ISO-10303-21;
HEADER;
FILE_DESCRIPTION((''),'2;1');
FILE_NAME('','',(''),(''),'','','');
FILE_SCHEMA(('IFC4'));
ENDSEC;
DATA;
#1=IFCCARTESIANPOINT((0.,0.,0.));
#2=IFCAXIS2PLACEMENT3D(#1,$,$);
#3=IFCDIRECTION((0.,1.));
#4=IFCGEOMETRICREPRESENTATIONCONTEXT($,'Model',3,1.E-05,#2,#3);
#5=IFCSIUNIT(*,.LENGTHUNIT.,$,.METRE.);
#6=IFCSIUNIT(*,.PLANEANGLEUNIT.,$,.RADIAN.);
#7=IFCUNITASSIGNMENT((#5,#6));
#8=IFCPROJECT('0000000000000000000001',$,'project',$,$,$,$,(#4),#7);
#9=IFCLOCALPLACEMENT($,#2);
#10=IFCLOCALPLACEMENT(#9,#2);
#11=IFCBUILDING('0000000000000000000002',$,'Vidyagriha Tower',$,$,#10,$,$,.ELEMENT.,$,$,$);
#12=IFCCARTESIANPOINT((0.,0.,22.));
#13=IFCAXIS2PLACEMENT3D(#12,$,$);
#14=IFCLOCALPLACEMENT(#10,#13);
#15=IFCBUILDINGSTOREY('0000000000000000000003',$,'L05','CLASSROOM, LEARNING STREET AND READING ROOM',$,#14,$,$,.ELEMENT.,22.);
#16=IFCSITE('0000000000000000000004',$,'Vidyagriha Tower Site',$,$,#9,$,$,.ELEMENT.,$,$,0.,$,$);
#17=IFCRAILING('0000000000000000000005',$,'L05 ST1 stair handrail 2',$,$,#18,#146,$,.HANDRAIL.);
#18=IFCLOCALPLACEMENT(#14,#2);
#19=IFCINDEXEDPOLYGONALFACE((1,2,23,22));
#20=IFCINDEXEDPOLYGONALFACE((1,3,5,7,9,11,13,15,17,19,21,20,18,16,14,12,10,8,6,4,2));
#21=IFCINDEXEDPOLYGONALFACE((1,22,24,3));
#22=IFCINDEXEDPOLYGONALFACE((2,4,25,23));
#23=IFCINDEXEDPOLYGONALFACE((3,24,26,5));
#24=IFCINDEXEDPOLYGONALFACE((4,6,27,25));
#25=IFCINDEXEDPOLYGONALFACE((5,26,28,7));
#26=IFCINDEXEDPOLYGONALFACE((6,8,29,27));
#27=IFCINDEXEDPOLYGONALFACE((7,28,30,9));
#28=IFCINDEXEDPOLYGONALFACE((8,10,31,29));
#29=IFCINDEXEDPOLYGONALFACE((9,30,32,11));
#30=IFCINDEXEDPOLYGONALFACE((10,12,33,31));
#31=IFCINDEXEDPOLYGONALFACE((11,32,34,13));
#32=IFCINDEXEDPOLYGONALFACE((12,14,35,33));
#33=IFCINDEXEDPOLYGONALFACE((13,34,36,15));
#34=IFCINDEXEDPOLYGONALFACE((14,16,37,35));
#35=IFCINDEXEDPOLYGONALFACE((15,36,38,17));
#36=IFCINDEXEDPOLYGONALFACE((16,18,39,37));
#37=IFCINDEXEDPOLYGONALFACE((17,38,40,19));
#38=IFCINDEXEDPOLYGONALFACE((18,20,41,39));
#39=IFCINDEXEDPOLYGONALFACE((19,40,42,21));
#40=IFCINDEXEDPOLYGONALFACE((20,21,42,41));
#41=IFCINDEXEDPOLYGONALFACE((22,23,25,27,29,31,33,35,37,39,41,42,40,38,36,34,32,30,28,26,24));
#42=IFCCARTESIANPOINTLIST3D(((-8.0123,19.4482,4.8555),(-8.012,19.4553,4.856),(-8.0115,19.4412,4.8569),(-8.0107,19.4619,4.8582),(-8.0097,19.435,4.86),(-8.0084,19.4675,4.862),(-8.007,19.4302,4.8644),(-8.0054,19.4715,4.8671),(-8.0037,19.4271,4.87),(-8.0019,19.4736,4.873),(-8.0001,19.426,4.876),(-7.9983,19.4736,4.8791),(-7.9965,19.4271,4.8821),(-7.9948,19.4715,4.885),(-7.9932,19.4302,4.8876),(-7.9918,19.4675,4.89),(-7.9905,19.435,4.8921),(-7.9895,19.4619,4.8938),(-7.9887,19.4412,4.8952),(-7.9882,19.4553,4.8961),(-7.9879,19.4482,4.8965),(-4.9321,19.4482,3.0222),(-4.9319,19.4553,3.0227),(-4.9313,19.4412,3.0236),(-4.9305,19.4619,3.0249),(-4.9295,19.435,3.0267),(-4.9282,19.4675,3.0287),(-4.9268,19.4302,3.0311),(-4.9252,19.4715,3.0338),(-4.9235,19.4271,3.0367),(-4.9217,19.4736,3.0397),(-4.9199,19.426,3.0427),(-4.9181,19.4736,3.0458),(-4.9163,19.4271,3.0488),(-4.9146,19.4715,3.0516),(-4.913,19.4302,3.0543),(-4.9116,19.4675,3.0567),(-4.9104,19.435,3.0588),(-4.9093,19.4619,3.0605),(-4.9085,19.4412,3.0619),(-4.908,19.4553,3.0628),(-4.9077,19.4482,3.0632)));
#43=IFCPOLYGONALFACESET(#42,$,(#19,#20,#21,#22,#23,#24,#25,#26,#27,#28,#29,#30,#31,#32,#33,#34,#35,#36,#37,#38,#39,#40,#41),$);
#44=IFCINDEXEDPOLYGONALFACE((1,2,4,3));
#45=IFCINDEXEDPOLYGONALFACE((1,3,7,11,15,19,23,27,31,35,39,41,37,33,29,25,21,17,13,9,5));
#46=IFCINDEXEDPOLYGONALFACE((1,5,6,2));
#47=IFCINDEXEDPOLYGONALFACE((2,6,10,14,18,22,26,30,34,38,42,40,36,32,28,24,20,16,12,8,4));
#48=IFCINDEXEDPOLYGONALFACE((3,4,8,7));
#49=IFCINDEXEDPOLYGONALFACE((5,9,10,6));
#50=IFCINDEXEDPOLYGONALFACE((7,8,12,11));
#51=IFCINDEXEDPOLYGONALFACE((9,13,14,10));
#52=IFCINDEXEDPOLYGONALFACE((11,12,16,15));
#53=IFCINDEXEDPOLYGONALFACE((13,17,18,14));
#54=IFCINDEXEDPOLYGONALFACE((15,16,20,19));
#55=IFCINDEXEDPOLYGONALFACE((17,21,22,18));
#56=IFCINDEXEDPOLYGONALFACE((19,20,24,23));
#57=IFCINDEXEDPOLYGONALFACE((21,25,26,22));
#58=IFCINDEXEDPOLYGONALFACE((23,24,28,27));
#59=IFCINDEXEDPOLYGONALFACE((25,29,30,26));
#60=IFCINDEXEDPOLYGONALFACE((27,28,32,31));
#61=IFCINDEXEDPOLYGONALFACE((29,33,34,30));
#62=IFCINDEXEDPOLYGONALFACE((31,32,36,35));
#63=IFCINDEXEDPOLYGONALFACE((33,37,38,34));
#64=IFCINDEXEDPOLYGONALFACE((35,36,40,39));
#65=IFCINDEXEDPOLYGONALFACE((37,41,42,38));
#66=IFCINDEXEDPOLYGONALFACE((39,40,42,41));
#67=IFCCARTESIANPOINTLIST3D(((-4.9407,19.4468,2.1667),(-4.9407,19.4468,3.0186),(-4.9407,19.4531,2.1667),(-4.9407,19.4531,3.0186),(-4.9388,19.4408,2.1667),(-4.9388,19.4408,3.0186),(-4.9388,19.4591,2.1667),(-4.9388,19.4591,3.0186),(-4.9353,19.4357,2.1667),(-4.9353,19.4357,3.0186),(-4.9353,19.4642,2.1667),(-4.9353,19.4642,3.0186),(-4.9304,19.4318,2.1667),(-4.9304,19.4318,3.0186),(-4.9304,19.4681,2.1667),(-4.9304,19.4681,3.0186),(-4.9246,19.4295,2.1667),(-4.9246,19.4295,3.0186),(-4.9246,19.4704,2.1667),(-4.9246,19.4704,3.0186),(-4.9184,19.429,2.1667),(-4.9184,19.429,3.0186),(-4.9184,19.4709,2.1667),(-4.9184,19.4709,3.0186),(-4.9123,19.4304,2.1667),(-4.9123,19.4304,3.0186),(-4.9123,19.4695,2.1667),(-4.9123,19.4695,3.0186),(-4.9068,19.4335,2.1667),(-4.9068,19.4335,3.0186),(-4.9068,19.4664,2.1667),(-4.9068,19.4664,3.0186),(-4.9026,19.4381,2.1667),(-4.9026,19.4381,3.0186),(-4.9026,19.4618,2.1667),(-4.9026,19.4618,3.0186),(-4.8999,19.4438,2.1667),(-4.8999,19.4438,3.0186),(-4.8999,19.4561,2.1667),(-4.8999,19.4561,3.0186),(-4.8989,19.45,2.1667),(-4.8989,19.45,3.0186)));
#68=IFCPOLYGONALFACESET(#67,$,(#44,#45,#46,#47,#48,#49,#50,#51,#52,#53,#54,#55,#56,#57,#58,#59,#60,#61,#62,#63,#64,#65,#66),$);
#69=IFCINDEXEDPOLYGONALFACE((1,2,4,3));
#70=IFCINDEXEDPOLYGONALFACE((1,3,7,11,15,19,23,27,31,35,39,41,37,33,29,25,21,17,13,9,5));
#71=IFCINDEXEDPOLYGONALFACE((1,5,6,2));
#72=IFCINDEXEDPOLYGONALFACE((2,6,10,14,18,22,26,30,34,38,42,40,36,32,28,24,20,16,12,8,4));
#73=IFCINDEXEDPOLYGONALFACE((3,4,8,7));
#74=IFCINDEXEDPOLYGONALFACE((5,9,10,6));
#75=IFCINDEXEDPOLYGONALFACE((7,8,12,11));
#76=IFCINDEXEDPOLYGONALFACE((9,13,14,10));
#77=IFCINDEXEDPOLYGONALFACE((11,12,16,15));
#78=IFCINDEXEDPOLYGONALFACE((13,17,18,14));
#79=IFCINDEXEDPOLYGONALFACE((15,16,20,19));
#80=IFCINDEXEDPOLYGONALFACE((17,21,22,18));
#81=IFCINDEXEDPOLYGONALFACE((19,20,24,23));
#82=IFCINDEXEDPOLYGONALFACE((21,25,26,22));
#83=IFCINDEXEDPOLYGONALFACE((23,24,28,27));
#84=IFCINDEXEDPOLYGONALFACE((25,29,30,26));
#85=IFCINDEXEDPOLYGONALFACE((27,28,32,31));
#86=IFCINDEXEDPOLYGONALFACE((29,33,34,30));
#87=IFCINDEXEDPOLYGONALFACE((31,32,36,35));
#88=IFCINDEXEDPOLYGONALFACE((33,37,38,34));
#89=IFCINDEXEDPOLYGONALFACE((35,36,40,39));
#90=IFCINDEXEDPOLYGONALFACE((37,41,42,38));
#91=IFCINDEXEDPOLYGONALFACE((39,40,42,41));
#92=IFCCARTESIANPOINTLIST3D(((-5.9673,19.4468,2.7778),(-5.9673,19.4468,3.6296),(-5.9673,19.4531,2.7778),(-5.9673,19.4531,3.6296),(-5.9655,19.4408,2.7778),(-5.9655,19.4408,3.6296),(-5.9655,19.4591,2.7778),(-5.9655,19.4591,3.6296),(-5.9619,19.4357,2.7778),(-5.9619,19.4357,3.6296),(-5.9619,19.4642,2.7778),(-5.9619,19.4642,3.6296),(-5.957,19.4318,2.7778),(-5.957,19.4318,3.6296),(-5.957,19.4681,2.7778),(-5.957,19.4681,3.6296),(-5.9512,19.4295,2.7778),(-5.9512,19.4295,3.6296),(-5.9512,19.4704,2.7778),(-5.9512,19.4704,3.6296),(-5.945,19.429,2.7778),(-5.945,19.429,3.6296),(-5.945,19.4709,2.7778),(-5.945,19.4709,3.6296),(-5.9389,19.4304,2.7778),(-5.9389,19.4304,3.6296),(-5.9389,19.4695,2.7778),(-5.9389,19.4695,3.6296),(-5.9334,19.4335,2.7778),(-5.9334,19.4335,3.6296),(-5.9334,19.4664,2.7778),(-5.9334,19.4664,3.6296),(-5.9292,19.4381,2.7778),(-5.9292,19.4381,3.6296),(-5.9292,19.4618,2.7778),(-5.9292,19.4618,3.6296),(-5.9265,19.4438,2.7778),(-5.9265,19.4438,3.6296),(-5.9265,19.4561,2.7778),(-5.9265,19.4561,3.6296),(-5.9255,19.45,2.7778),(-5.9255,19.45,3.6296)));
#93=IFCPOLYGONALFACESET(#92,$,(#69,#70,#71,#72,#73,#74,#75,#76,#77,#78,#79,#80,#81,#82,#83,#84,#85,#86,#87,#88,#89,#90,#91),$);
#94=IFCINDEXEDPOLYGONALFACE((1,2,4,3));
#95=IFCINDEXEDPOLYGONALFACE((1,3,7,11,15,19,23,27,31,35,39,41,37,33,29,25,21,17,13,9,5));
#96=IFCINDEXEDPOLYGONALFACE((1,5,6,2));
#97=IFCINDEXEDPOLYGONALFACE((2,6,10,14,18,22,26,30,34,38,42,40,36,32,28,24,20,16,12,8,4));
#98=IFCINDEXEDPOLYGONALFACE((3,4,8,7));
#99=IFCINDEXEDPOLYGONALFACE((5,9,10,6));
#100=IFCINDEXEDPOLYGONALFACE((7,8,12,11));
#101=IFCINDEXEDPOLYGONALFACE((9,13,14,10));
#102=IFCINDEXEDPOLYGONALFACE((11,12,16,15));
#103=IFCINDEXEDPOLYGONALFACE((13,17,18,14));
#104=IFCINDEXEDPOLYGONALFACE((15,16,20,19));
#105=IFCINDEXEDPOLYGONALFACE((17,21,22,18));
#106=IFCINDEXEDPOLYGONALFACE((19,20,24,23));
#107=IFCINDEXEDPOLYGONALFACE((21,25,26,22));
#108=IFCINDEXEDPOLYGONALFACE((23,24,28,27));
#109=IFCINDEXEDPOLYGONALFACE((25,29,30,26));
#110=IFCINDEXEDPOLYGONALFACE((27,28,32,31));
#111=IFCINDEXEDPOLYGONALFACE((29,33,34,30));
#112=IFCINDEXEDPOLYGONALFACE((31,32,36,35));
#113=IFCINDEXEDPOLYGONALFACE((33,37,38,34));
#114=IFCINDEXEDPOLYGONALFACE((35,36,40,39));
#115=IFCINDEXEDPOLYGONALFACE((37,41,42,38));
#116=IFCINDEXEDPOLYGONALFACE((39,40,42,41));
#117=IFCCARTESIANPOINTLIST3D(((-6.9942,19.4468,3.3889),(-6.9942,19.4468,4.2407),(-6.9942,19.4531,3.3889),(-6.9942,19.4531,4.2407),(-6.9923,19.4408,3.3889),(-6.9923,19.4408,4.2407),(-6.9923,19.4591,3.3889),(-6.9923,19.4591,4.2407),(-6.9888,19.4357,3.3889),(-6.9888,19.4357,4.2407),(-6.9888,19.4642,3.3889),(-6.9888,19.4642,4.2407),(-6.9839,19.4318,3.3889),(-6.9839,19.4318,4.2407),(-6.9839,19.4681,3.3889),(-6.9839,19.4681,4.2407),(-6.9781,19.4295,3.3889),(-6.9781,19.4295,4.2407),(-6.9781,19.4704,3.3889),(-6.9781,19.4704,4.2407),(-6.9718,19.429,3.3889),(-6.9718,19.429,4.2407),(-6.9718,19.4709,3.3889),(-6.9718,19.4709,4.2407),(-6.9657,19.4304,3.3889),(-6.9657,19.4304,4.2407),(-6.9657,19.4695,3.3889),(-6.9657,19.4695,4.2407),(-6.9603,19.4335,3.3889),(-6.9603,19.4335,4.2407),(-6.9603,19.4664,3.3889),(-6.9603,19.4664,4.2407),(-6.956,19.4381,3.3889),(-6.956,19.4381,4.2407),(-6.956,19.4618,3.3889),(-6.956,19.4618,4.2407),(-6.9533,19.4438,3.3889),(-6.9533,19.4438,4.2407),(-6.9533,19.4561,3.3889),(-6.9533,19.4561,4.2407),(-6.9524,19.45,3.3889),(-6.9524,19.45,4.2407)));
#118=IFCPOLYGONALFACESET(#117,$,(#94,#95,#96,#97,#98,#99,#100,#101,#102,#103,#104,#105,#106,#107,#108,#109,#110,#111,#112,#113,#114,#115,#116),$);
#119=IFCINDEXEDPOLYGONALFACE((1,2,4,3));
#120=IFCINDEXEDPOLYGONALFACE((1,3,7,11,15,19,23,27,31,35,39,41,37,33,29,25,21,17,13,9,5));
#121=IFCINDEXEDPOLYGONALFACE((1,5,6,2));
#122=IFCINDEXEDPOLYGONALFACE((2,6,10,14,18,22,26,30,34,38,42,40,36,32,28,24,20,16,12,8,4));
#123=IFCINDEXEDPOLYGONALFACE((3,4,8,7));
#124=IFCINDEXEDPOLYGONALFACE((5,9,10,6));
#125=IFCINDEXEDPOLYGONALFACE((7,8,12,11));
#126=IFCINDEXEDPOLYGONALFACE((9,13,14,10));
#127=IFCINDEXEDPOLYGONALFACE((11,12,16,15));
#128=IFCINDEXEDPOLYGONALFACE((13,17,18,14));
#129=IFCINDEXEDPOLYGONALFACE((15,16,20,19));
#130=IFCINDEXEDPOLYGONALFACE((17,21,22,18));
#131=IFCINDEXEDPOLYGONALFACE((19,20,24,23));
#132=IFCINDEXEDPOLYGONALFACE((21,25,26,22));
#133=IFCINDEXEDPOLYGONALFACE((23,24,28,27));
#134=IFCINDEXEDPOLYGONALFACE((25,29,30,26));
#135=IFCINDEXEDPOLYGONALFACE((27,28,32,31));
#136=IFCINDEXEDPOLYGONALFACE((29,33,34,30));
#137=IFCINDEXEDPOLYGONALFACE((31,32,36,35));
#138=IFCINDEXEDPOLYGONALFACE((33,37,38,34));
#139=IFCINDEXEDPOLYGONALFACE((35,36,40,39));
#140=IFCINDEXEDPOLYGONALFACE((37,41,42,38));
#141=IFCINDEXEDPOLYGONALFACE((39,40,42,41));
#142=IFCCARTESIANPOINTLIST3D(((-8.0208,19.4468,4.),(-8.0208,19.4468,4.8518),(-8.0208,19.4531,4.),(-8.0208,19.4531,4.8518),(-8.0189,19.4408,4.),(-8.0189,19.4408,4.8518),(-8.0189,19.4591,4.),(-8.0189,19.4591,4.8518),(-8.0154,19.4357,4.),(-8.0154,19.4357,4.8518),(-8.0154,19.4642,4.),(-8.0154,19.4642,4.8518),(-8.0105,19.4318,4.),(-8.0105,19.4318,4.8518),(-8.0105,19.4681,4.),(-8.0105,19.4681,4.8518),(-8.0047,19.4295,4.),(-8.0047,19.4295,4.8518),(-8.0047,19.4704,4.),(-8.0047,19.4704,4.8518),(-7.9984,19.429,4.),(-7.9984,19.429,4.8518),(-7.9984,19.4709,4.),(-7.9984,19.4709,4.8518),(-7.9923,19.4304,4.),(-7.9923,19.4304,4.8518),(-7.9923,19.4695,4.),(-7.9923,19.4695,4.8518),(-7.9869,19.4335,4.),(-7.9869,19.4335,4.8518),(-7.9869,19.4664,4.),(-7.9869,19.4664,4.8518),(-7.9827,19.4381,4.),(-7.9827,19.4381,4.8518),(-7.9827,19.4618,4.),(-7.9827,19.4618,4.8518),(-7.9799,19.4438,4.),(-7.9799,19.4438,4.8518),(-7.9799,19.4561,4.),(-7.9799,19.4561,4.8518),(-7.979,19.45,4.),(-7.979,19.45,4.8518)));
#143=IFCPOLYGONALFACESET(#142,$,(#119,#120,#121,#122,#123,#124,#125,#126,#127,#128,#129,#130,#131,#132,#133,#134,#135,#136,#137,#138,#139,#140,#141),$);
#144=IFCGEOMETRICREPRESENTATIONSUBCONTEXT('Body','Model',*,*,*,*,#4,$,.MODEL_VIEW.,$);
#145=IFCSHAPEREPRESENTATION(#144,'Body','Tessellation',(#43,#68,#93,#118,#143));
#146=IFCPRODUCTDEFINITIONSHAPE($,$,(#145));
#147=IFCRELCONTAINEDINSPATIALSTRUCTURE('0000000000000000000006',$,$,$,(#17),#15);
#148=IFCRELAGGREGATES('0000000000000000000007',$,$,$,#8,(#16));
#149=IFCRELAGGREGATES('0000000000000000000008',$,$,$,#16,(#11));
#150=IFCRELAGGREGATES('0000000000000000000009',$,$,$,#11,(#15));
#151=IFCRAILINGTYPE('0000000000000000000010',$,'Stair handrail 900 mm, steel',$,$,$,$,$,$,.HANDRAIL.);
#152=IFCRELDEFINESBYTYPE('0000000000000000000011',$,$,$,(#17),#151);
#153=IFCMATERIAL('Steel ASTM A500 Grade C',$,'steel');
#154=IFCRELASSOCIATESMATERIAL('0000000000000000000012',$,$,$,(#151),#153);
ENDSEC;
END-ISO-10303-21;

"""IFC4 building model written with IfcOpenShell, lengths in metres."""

from ifc_helpers import new_model, si_unit, direction, frame, origin, origin_2d, place, context, subcontext, project, spatial, circle, extrude, material, type_object, element, save


model = new_model("IFC4")

# Units and contexts
model_context = context("Model", 3, precision=1e-05, world=origin(), true_north=direction((0.0, 1.0)))
body_context = subcontext(model_context, "Body", "Model", "MODEL_VIEW")
ifc_project = project(units=[si_unit("LENGTHUNIT", "METRE"), si_unit("PLANEANGLEUNIT", "RADIAN")], contexts=[model_context])

# Site, building, storey
site_placement = place(None, origin())
site = spatial("IfcSite", under=ifc_project, at=site_placement, Name="Vidyagriha Tower Site", CompositionType="ELEMENT", RefElevation=0.0)
building_placement = place(site_placement, origin())
building = spatial("IfcBuilding", under=site, at=building_placement, Name="Vidyagriha Tower", CompositionType="ELEMENT")
storey_placement = place(building_placement, frame((0.0, 0.0, 22.0)))
storey = spatial("IfcBuildingStorey", under=building, at=storey_placement, Name="L05", Description="CLASSROOM, LEARNING STREET AND READING ROOM", CompositionType="ELEMENT", Elevation=22.0)

# Railing
ifc_material_1 = material(Name="Steel ASTM A500 Grade C", Category="steel")
railing_type_1 = type_object("IfcRailingType", Name="Stair handrail 900 mm, steel", PredefinedType="HANDRAIL", material=ifc_material_1)
railing_1_placement = place(storey_placement, frame((-4.9199, 19.45, 2.1667)))
element("IfcRailing", 1, at=railing_1_placement, inside=storey, type_object=railing_type_1, Name="L05 ST1 stair handrail 2", PredefinedType="HANDRAIL", context=body_context, shape_type="SweptSolid", body=[
    extrude(circle(Radius=0.0239, at=origin_2d()), frame((0.0, 0.0, 0.876), z_axis=(-0.859309, 0.0, 0.511458), x_axis=(0.0, -1.0, 0.0)), (0.0, 0.0, 1.0), 3.5845),
    extrude(circle(Radius=0.021, at=origin_2d()), origin(), (0.0, 0.0, 1.0), 0.8518),
    extrude(circle(Radius=0.021, at=origin_2d()), frame((-1.0266, 0.0, 0.6111)), (0.0, 0.0, 1.0), 0.8518),
    extrude(circle(Radius=0.021, at=origin_2d()), frame((-2.0535, 0.0, 1.2222)), (0.0, 0.0, 1.0), 0.8518),
    extrude(circle(Radius=0.021, at=origin_2d()), frame((-3.0801, 0.0, 1.8333)), (0.0, 0.0, 1.0), 0.8518),
])

save(model, "model.ifc")
